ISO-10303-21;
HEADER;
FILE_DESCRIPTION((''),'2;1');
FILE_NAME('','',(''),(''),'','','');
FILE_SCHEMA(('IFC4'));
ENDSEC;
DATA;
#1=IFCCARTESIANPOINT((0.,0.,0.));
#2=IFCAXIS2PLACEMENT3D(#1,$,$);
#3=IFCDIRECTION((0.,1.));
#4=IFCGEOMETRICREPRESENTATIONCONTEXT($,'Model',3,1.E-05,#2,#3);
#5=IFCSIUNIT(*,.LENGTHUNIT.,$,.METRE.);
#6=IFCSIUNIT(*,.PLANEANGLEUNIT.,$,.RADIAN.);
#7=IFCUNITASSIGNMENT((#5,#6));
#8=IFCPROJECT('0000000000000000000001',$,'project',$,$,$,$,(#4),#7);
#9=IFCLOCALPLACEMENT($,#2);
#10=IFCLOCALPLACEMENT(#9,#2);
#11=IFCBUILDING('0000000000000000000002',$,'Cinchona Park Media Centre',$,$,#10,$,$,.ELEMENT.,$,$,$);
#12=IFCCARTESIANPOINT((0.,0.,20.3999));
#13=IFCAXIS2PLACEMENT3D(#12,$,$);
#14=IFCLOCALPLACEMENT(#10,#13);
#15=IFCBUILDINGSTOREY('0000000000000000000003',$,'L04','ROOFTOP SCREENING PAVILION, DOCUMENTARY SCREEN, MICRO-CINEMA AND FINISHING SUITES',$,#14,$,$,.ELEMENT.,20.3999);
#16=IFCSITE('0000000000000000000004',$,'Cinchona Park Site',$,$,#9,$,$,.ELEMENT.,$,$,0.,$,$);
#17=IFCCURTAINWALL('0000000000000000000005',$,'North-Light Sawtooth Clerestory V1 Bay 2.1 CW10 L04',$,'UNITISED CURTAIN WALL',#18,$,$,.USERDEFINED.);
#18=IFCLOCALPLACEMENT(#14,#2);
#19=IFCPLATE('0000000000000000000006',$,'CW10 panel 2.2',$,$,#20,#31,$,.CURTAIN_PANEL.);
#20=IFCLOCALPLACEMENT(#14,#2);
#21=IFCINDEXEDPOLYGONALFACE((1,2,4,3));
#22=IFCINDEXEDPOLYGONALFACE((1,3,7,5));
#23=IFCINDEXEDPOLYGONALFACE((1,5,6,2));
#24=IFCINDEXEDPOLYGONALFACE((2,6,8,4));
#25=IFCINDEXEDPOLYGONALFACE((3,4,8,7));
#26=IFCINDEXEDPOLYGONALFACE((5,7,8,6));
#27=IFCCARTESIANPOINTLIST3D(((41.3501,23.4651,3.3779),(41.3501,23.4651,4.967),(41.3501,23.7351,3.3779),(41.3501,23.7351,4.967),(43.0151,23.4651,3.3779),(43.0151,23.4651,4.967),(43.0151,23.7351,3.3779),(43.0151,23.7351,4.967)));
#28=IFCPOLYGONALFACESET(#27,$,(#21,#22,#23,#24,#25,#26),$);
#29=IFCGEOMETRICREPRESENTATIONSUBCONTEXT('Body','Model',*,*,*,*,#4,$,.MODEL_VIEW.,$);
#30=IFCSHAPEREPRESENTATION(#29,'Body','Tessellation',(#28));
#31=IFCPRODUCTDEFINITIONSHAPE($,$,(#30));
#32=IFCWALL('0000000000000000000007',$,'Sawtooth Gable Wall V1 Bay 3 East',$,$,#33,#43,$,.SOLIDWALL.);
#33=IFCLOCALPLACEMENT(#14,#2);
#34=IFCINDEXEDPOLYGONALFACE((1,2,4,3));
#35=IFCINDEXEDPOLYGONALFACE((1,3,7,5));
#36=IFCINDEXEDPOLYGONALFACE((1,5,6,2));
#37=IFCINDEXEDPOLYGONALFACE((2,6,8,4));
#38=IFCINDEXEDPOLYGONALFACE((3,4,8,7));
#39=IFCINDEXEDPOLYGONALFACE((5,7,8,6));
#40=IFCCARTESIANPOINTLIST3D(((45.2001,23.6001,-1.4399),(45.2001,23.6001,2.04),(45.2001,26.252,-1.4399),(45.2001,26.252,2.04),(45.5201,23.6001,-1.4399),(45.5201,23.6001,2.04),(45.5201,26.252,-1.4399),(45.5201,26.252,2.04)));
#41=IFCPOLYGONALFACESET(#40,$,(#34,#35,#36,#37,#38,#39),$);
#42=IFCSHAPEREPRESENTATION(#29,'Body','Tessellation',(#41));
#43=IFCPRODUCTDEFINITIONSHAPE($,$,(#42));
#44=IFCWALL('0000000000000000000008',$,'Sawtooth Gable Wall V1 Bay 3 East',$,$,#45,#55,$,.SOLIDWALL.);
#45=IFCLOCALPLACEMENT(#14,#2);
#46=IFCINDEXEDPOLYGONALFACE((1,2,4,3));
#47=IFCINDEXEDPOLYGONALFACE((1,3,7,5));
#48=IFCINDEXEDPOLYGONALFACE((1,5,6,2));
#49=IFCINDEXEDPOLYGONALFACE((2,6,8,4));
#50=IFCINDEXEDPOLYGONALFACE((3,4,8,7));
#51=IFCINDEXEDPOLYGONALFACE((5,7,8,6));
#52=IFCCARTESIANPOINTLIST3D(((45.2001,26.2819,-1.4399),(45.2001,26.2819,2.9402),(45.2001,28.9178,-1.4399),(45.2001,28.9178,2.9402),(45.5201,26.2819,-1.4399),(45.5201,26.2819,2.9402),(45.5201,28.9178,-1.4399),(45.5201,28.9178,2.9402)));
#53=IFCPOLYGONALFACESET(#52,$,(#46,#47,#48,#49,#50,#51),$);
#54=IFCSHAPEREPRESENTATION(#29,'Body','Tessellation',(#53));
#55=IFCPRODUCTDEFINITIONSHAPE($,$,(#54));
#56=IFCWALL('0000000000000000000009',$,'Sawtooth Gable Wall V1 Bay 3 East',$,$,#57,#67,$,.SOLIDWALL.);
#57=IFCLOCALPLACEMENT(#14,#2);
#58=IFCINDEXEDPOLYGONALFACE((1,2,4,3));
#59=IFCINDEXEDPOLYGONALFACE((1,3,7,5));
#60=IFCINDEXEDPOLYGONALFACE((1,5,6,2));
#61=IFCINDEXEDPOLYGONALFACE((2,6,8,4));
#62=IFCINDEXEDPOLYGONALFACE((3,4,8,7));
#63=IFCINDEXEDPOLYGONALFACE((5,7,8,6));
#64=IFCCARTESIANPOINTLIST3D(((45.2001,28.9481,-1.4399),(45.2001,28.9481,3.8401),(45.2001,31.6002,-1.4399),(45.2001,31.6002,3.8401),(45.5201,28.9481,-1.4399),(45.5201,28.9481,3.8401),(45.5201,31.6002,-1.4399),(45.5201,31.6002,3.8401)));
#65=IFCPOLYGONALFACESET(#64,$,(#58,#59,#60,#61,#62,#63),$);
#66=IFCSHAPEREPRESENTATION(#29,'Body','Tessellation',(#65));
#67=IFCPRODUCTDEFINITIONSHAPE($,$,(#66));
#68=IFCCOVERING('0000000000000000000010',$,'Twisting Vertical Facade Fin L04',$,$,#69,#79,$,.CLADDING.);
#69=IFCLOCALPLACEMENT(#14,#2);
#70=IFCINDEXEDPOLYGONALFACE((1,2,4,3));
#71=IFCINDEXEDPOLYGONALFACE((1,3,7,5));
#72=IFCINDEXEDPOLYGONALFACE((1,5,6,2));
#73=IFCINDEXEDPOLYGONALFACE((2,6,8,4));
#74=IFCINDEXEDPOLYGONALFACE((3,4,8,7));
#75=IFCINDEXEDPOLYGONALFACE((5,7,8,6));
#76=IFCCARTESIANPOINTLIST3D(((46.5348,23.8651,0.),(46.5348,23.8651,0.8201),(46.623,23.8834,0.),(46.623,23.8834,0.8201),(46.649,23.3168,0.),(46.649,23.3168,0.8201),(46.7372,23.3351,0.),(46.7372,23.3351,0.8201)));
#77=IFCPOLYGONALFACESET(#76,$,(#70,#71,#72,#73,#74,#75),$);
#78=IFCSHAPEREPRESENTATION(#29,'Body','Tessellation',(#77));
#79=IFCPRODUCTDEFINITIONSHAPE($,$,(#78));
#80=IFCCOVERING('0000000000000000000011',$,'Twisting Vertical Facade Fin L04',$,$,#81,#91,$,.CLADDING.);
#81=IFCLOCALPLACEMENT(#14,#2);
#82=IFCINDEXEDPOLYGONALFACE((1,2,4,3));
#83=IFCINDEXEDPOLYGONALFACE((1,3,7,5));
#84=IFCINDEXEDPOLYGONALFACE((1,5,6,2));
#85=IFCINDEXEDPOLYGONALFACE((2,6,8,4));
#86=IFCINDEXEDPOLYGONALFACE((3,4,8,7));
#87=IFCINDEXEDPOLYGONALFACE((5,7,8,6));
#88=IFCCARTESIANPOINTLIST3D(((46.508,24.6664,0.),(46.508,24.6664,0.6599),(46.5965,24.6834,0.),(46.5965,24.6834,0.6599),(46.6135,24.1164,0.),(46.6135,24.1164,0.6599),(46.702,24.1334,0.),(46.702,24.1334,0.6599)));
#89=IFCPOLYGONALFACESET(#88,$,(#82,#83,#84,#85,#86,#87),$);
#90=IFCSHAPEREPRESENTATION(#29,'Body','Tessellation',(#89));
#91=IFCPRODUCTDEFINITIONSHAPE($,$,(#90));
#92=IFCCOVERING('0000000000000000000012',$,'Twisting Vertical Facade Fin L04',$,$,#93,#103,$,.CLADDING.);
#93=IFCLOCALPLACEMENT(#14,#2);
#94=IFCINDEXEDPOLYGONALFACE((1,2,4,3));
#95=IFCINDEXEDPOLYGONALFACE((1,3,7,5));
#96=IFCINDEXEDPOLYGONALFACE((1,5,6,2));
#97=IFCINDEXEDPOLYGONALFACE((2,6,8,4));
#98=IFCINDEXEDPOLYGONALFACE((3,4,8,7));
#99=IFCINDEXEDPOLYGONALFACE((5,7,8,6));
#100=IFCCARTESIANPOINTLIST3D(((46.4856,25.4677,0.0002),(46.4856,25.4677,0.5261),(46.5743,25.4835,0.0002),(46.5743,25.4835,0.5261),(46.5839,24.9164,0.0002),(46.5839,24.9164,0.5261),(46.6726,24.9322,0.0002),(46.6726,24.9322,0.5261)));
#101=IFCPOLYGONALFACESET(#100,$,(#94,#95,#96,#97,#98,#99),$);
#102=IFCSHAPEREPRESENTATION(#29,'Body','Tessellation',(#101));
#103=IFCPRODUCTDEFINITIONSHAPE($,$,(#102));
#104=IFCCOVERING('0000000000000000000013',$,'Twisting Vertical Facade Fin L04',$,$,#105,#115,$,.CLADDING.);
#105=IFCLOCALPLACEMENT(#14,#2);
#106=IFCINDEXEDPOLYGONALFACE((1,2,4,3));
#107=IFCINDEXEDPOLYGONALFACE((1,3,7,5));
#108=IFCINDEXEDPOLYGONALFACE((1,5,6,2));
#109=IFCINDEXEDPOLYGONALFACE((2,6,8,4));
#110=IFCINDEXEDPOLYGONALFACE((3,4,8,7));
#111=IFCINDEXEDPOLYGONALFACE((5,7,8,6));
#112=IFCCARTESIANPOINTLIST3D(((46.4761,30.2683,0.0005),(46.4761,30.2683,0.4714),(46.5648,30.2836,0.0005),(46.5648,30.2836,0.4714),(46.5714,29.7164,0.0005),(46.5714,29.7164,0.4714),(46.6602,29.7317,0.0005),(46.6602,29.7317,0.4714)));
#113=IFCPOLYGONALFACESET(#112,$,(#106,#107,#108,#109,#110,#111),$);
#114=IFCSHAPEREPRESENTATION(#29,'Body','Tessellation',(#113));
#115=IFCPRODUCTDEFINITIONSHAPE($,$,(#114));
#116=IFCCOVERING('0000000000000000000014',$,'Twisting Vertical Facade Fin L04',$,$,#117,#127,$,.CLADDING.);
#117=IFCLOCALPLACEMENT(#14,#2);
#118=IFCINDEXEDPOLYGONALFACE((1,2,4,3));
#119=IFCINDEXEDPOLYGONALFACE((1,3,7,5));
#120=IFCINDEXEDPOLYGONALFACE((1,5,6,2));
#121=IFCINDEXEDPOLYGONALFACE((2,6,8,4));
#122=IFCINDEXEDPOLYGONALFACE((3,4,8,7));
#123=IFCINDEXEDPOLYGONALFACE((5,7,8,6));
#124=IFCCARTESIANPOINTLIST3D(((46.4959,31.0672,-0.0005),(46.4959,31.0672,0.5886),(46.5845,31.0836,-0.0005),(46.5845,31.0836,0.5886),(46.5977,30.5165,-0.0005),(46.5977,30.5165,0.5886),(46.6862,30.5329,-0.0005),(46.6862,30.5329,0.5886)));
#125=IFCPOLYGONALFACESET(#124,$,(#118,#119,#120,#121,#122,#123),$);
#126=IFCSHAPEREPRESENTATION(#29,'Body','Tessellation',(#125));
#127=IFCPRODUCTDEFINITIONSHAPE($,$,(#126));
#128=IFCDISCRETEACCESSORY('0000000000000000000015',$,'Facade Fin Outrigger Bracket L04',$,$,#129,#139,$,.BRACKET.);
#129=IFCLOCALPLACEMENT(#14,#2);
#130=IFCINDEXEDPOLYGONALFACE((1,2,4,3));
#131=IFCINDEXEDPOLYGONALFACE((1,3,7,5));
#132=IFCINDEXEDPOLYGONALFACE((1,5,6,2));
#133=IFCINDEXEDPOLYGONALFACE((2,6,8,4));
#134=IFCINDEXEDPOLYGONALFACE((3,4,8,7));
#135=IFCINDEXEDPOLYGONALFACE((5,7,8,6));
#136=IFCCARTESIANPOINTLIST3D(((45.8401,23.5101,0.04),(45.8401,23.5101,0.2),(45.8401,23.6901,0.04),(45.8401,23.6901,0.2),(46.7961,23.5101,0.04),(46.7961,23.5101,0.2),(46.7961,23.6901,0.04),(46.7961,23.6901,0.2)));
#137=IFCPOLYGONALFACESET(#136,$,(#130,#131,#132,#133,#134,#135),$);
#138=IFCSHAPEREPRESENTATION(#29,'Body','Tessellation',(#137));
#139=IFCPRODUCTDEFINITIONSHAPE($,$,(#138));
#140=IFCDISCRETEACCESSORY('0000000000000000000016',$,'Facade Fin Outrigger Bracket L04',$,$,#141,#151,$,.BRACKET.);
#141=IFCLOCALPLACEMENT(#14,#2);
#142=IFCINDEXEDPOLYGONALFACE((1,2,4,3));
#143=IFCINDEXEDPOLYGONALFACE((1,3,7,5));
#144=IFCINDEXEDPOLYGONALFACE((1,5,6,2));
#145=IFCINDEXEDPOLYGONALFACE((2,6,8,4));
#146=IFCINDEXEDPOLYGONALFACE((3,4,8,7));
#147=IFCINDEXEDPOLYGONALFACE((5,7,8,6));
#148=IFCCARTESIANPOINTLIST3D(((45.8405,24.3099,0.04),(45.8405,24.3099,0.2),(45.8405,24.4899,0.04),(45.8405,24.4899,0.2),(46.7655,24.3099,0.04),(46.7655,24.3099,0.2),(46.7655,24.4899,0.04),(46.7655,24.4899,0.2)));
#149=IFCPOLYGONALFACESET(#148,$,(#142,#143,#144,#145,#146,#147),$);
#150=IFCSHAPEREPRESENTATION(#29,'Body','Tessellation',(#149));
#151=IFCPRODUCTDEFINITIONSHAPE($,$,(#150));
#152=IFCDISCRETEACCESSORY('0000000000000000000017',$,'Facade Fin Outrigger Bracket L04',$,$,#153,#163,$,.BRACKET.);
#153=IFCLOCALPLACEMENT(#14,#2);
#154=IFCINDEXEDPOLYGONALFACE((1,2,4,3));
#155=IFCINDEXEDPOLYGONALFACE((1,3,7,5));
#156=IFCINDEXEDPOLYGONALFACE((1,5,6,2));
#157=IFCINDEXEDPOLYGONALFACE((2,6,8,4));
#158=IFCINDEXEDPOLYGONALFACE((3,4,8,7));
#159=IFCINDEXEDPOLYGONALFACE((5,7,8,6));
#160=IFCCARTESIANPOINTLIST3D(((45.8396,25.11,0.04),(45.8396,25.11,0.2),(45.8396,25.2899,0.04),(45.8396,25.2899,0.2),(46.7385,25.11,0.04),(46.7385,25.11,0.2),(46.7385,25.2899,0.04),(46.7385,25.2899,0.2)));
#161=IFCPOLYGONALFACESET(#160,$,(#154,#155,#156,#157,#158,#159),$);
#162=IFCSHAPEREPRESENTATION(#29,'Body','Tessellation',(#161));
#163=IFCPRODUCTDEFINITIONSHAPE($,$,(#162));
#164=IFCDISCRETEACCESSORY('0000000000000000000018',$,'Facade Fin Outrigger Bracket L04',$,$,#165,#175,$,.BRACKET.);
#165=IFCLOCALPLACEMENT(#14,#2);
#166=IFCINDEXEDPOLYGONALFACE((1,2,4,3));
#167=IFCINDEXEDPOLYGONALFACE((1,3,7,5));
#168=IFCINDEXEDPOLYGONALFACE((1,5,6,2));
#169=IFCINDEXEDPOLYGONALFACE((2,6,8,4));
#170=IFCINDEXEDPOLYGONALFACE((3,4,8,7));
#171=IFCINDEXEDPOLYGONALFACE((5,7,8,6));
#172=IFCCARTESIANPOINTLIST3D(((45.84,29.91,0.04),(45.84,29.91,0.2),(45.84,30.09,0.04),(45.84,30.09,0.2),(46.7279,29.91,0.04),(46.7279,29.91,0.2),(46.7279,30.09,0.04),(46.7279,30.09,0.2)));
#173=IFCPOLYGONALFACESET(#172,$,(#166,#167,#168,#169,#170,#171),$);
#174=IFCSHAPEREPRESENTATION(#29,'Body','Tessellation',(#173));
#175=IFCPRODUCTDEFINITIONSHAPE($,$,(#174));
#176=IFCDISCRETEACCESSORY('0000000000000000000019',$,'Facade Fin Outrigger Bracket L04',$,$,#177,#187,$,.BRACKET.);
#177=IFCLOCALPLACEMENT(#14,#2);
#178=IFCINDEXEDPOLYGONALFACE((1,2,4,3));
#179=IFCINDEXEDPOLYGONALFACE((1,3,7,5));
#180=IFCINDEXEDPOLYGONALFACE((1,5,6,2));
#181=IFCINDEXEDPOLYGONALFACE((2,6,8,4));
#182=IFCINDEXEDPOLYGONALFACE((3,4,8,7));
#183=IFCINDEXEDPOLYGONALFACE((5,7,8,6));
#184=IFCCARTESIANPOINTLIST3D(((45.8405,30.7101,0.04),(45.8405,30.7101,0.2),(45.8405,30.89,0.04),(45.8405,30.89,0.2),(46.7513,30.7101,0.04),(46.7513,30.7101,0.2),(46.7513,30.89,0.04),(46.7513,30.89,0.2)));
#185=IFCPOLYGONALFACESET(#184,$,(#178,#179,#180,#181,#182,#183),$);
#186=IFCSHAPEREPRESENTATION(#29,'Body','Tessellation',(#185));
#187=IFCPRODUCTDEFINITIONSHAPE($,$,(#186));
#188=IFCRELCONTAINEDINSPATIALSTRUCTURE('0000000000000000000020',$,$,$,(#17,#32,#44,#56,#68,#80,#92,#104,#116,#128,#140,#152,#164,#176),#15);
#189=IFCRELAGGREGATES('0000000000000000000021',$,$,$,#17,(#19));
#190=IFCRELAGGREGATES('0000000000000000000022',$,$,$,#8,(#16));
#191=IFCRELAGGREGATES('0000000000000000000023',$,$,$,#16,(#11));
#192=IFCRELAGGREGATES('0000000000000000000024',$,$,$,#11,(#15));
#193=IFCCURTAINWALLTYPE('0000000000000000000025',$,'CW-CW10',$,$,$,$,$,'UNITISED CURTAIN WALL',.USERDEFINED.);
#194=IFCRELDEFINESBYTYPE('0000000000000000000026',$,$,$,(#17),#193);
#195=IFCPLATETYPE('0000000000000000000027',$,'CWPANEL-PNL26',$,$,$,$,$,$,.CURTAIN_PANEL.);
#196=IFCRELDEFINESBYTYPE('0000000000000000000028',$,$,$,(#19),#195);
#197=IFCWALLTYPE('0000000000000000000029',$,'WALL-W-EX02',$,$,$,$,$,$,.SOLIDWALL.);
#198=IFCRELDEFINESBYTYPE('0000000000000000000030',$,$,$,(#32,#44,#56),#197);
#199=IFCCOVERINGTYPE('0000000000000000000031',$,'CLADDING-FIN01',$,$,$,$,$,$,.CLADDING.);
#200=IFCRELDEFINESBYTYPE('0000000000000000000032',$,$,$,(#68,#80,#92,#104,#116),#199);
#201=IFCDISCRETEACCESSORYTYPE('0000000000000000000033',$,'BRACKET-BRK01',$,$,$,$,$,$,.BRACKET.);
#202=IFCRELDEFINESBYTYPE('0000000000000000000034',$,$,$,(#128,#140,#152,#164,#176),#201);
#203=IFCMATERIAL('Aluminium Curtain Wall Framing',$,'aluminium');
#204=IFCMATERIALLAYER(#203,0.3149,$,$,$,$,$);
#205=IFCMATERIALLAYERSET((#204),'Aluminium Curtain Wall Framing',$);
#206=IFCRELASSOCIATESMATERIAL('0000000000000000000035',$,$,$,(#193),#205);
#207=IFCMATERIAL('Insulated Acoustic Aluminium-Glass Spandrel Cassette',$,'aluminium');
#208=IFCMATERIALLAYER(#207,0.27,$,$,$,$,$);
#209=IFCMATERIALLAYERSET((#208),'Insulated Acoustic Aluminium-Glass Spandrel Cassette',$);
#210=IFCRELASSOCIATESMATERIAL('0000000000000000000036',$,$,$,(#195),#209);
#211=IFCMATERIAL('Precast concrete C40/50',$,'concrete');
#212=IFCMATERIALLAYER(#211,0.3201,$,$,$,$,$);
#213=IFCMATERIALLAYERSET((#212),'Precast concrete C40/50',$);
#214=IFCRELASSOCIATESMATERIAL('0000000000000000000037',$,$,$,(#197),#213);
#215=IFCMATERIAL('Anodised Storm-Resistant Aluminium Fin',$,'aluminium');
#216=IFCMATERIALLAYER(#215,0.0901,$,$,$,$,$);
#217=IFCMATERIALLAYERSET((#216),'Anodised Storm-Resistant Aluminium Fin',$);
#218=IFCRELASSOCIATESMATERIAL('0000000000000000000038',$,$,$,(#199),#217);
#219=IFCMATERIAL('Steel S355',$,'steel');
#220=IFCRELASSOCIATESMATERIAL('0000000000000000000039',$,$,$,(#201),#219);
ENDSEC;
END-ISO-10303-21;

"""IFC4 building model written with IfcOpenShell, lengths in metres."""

from ifc_helpers import new_model, si_unit, direction, frame, frame_2d, origin, origin_2d, place, context, subcontext, project, spatial, rectangle, extrude, material, layer, layer_set, type_object, element, aggregate, save


model = new_model("IFC4")

# Units and contexts
model_context = context("Model", 3, precision=1e-05, world=origin(), true_north=direction((0.0, 1.0)))
body_context = subcontext(model_context, "Body", "Model", "MODEL_VIEW")
ifc_project = project(units=[si_unit("LENGTHUNIT", "METRE"), si_unit("PLANEANGLEUNIT", "RADIAN")], contexts=[model_context])

# Site, building, storey
site_placement = place(None, origin())
site = spatial("IfcSite", under=ifc_project, at=site_placement, Name="Cinchona Park Site", CompositionType="ELEMENT", RefElevation=0.0)
building_placement = place(site_placement, origin())
building = spatial("IfcBuilding", under=site, at=building_placement, Name="Cinchona Park Media Centre", CompositionType="ELEMENT")
storey_placement = place(building_placement, frame((0.0, 0.0, 20.3999)))
storey = spatial("IfcBuildingStorey", under=building, at=storey_placement, Name="L04", Description="ROOFTOP SCREENING PAVILION, DOCUMENTARY SCREEN, MICRO-CINEMA AND FINISHING SUITES", CompositionType="ELEMENT", Elevation=20.3999)

# Curtain wall
ifc_material_1 = material(Name="Aluminium Curtain Wall Framing", Category="aluminium")
ifc_layer_1 = layer(ifc_material_1, 0.3149)
ifc_layer_set_1 = layer_set([ifc_layer_1], Name="Aluminium Curtain Wall Framing")
curtain_wall_type = type_object("IfcCurtainWallType", Name="CW-CW10", ElementType="UNITISED CURTAIN WALL", PredefinedType="USERDEFINED", material=ifc_layer_set_1)
curtain_wall_1_placement = place(storey_placement, origin())
curtain_wall_1 = element("IfcCurtainWall", 1, at=curtain_wall_1_placement, inside=storey, type_object=curtain_wall_type, Name="North-Light Sawtooth Clerestory V1 Bay 2.1 CW10 L04", ObjectType="UNITISED CURTAIN WALL", PredefinedType="USERDEFINED")

# Plate
ifc_material_2 = material(Name="Insulated Acoustic Aluminium-Glass Spandrel Cassette", Category="aluminium")
ifc_layer_2 = layer(ifc_material_2, 0.27)
ifc_layer_set_2 = layer_set([ifc_layer_2], Name="Insulated Acoustic Aluminium-Glass Spandrel Cassette")
plate_type = type_object("IfcPlateType", Name="CWPANEL-PNL26", PredefinedType="CURTAIN_PANEL", material=ifc_layer_set_2)
plate_1_placement = place(storey_placement, frame((42.1826, 23.6001, 3.3779), z_axis=(0.0, 0.0, 1.0), x_axis=(-1.0, 0.0, 0.0)))
plate_1 = element("IfcPlate", 2, at=plate_1_placement, type_object=plate_type, Name="CW10 panel 2.2", PredefinedType="CURTAIN_PANEL", context=body_context, shape_type="SweptSolid", body=[
    extrude(rectangle(XDim=1.665, YDim=0.27, at=origin_2d()), origin(), (0.0, 0.0, 1.0), 1.5891),
])
aggregate(curtain_wall_1, [plate_1])

# Walls
ifc_material_3 = material(Name="Precast concrete C40/50", Category="concrete")
ifc_layer_3 = layer(ifc_material_3, 0.3201)
ifc_layer_set_3 = layer_set([ifc_layer_3], Name="Precast concrete C40/50")
wall_type = type_object("IfcWallType", Name="WALL-W-EX02", PredefinedType="SOLIDWALL", material=ifc_layer_set_3)
wall_1_placement = place(storey_placement, frame((45.3601, 23.6001, -1.4399), z_axis=(0.0, 0.0, 1.0), x_axis=(0.0, 1.0, 0.0)))
element("IfcWall", 3, at=wall_1_placement, inside=storey, type_object=wall_type, Name="Sawtooth Gable Wall V1 Bay 3 East", PredefinedType="SOLIDWALL", context=body_context, shape_type="SweptSolid", body=[
    extrude(rectangle(XDim=2.6519, YDim=0.3201, at=frame_2d((1.3259, 0.0))), origin(), (0.0, 0.0, 1.0), 3.48),
])
wall_2_placement = place(storey_placement, frame((45.3601, 26.282, -1.4399), z_axis=(0.0, 0.0, 1.0), x_axis=(0.0, 1.0, 0.0)))
element("IfcWall", 4, at=wall_2_placement, inside=storey, type_object=wall_type, Name="Sawtooth Gable Wall V1 Bay 3 East", PredefinedType="SOLIDWALL", context=body_context, shape_type="SweptSolid", body=[
    extrude(rectangle(XDim=2.636, YDim=0.3201, at=frame_2d((1.3179, 0.0))), origin(), (0.0, 0.0, 1.0), 4.3801),
])
wall_3_placement = place(storey_placement, frame((45.3601, 28.948, -1.4399), z_axis=(0.0, 0.0, 1.0), x_axis=(0.0, 1.0, 0.0)))
element("IfcWall", 5, at=wall_3_placement, inside=storey, type_object=wall_type, Name="Sawtooth Gable Wall V1 Bay 3 East", PredefinedType="SOLIDWALL", context=body_context, shape_type="SweptSolid", body=[
    extrude(rectangle(XDim=2.6521, YDim=0.3201, at=frame_2d((1.3262, 0.0))), origin(), (0.0, 0.0, 1.0), 5.28),
])

# Coverings
ifc_material_4 = material(Name="Anodised Storm-Resistant Aluminium Fin", Category="aluminium")
ifc_layer_4 = layer(ifc_material_4, 0.0901)
ifc_layer_set_4 = layer_set([ifc_layer_4], Name="Anodised Storm-Resistant Aluminium Fin")
covering_type = type_object("IfcCoveringType", Name="CLADDING-FIN01", PredefinedType="CLADDING", material=ifc_layer_set_4)
covering_1_placement = place(storey_placement, frame((46.636, 23.6001, 0.0), z_axis=(0.0, 0.0, 1.0), x_axis=(-0.203813, 0.97901, 0.0)))
element("IfcCovering", 6, at=covering_1_placement, inside=storey, type_object=covering_type, Name="Twisting Vertical Facade Fin L04", PredefinedType="CLADDING", context=body_context, shape_type="SweptSolid", body=[
    extrude(rectangle(XDim=0.5601, YDim=0.0901, at=origin_2d()), origin(), (0.0, 0.0, 1.0), 0.8201),
])
covering_2_placement = place(storey_placement, frame((46.605, 24.3999, 0.0), z_axis=(0.0, 0.0, 1.0), x_axis=(-0.18841, 0.98209, 0.0)))
element("IfcCovering", 7, at=covering_2_placement, inside=storey, type_object=covering_type, Name="Twisting Vertical Facade Fin L04", PredefinedType="CLADDING", context=body_context, shape_type="SweptSolid", body=[
    extrude(rectangle(XDim=0.5601, YDim=0.0901, at=origin_2d()), origin(), (0.0, 0.0, 1.0), 0.6599),
])
covering_3_placement = place(storey_placement, frame((46.5791, 25.2, 0.0002), z_axis=(0.0, 0.0, 1.0), x_axis=(-0.175539, 0.984473, 0.0)))
element("IfcCovering", 8, at=covering_3_placement, inside=storey, type_object=covering_type, Name="Twisting Vertical Facade Fin L04", PredefinedType="CLADDING", context=body_context, shape_type="SweptSolid", body=[
    extrude(rectangle(XDim=0.5601, YDim=0.0901, at=origin_2d()), origin(), (0.0, 0.0, 1.0), 0.5259),
])
covering_4_placement = place(storey_placement, frame((46.5681, 30.0, 0.0005), z_axis=(0.0, 0.0, 1.0), x_axis=(-0.170209, 0.985408, 0.0)))
element("IfcCovering", 9, at=covering_4_placement, inside=storey, type_object=covering_type, Name="Twisting Vertical Facade Fin L04", PredefinedType="CLADDING", context=body_context, shape_type="SweptSolid", body=[
    extrude(rectangle(XDim=0.5601, YDim=0.0901, at=origin_2d()), origin(), (0.0, 0.0, 1.0), 0.4709),
])
covering_5_placement = place(storey_placement, frame((46.5911, 30.8, -0.0005), z_axis=(0.0, 0.0, 1.0), x_axis=(-0.181721, 0.98335, 0.0)))
element("IfcCovering", 10, at=covering_5_placement, inside=storey, type_object=covering_type, Name="Twisting Vertical Facade Fin L04", PredefinedType="CLADDING", context=body_context, shape_type="SweptSolid", body=[
    extrude(rectangle(XDim=0.5601, YDim=0.0901, at=origin_2d()), origin(), (0.0, 0.0, 1.0), 0.5891),
])

# Discrete accessories
ifc_material_5 = material(Name="Steel S355", Category="steel")
discrete_accessory_type = type_object("IfcDiscreteAccessoryType", Name="BRACKET-BRK01", PredefinedType="BRACKET", material=ifc_material_5)
discrete_accessory_1_placement = place(storey_placement, frame((46.3181, 23.6001, 0.04), z_axis=(0.0, 0.0, 1.0), x_axis=(0.0, 1.0, 0.0)))
element("IfcDiscreteAccessory", 11, at=discrete_accessory_1_placement, inside=storey, type_object=discrete_accessory_type, Name="Facade Fin Outrigger Bracket L04", PredefinedType="BRACKET", context=body_context, shape_type="SweptSolid", body=[
    extrude(rectangle(XDim=0.1799, YDim=0.9561, at=origin_2d()), origin(), (0.0, 0.0, 1.0), 0.1599),
])
discrete_accessory_2_placement = place(storey_placement, frame((46.303, 24.3999, 0.04), z_axis=(0.0, 0.0, 1.0), x_axis=(0.0, 1.0, 0.0)))
element("IfcDiscreteAccessory", 12, at=discrete_accessory_2_placement, inside=storey, type_object=discrete_accessory_type, Name="Facade Fin Outrigger Bracket L04", PredefinedType="BRACKET", context=body_context, shape_type="SweptSolid", body=[
    extrude(rectangle(XDim=0.1799, YDim=0.925, at=origin_2d()), origin(), (0.0, 0.0, 1.0), 0.1599),
])
discrete_accessory_3_placement = place(storey_placement, frame((46.2891, 25.2, 0.04), z_axis=(0.0, 0.0, 1.0), x_axis=(0.0, 1.0, 0.0)))
element("IfcDiscreteAccessory", 13, at=discrete_accessory_3_placement, inside=storey, type_object=discrete_accessory_type, Name="Facade Fin Outrigger Bracket L04", PredefinedType="BRACKET", context=body_context, shape_type="SweptSolid", body=[
    extrude(rectangle(XDim=0.1799, YDim=0.8989, at=origin_2d()), origin(), (0.0, 0.0, 1.0), 0.1599),
])
discrete_accessory_4_placement = place(storey_placement, frame((46.2839, 30.0, 0.04), z_axis=(0.0, 0.0, 1.0), x_axis=(0.0, 1.0, 0.0)))
element("IfcDiscreteAccessory", 14, at=discrete_accessory_4_placement, inside=storey, type_object=discrete_accessory_type, Name="Facade Fin Outrigger Bracket L04", PredefinedType="BRACKET", context=body_context, shape_type="SweptSolid", body=[
    extrude(rectangle(XDim=0.1799, YDim=0.8879, at=origin_2d()), origin(), (0.0, 0.0, 1.0), 0.1599),
])
discrete_accessory_5_placement = place(storey_placement, frame((46.2959, 30.8, 0.04), z_axis=(0.0, 0.0, 1.0), x_axis=(0.0, 1.0, 0.0)))
element("IfcDiscreteAccessory", 15, at=discrete_accessory_5_placement, inside=storey, type_object=discrete_accessory_type, Name="Facade Fin Outrigger Bracket L04", PredefinedType="BRACKET", context=body_context, shape_type="SweptSolid", body=[
    extrude(rectangle(XDim=0.1799, YDim=0.9109, at=origin_2d()), origin(), (0.0, 0.0, 1.0), 0.1599),
])

save(model, "model.ifc")
